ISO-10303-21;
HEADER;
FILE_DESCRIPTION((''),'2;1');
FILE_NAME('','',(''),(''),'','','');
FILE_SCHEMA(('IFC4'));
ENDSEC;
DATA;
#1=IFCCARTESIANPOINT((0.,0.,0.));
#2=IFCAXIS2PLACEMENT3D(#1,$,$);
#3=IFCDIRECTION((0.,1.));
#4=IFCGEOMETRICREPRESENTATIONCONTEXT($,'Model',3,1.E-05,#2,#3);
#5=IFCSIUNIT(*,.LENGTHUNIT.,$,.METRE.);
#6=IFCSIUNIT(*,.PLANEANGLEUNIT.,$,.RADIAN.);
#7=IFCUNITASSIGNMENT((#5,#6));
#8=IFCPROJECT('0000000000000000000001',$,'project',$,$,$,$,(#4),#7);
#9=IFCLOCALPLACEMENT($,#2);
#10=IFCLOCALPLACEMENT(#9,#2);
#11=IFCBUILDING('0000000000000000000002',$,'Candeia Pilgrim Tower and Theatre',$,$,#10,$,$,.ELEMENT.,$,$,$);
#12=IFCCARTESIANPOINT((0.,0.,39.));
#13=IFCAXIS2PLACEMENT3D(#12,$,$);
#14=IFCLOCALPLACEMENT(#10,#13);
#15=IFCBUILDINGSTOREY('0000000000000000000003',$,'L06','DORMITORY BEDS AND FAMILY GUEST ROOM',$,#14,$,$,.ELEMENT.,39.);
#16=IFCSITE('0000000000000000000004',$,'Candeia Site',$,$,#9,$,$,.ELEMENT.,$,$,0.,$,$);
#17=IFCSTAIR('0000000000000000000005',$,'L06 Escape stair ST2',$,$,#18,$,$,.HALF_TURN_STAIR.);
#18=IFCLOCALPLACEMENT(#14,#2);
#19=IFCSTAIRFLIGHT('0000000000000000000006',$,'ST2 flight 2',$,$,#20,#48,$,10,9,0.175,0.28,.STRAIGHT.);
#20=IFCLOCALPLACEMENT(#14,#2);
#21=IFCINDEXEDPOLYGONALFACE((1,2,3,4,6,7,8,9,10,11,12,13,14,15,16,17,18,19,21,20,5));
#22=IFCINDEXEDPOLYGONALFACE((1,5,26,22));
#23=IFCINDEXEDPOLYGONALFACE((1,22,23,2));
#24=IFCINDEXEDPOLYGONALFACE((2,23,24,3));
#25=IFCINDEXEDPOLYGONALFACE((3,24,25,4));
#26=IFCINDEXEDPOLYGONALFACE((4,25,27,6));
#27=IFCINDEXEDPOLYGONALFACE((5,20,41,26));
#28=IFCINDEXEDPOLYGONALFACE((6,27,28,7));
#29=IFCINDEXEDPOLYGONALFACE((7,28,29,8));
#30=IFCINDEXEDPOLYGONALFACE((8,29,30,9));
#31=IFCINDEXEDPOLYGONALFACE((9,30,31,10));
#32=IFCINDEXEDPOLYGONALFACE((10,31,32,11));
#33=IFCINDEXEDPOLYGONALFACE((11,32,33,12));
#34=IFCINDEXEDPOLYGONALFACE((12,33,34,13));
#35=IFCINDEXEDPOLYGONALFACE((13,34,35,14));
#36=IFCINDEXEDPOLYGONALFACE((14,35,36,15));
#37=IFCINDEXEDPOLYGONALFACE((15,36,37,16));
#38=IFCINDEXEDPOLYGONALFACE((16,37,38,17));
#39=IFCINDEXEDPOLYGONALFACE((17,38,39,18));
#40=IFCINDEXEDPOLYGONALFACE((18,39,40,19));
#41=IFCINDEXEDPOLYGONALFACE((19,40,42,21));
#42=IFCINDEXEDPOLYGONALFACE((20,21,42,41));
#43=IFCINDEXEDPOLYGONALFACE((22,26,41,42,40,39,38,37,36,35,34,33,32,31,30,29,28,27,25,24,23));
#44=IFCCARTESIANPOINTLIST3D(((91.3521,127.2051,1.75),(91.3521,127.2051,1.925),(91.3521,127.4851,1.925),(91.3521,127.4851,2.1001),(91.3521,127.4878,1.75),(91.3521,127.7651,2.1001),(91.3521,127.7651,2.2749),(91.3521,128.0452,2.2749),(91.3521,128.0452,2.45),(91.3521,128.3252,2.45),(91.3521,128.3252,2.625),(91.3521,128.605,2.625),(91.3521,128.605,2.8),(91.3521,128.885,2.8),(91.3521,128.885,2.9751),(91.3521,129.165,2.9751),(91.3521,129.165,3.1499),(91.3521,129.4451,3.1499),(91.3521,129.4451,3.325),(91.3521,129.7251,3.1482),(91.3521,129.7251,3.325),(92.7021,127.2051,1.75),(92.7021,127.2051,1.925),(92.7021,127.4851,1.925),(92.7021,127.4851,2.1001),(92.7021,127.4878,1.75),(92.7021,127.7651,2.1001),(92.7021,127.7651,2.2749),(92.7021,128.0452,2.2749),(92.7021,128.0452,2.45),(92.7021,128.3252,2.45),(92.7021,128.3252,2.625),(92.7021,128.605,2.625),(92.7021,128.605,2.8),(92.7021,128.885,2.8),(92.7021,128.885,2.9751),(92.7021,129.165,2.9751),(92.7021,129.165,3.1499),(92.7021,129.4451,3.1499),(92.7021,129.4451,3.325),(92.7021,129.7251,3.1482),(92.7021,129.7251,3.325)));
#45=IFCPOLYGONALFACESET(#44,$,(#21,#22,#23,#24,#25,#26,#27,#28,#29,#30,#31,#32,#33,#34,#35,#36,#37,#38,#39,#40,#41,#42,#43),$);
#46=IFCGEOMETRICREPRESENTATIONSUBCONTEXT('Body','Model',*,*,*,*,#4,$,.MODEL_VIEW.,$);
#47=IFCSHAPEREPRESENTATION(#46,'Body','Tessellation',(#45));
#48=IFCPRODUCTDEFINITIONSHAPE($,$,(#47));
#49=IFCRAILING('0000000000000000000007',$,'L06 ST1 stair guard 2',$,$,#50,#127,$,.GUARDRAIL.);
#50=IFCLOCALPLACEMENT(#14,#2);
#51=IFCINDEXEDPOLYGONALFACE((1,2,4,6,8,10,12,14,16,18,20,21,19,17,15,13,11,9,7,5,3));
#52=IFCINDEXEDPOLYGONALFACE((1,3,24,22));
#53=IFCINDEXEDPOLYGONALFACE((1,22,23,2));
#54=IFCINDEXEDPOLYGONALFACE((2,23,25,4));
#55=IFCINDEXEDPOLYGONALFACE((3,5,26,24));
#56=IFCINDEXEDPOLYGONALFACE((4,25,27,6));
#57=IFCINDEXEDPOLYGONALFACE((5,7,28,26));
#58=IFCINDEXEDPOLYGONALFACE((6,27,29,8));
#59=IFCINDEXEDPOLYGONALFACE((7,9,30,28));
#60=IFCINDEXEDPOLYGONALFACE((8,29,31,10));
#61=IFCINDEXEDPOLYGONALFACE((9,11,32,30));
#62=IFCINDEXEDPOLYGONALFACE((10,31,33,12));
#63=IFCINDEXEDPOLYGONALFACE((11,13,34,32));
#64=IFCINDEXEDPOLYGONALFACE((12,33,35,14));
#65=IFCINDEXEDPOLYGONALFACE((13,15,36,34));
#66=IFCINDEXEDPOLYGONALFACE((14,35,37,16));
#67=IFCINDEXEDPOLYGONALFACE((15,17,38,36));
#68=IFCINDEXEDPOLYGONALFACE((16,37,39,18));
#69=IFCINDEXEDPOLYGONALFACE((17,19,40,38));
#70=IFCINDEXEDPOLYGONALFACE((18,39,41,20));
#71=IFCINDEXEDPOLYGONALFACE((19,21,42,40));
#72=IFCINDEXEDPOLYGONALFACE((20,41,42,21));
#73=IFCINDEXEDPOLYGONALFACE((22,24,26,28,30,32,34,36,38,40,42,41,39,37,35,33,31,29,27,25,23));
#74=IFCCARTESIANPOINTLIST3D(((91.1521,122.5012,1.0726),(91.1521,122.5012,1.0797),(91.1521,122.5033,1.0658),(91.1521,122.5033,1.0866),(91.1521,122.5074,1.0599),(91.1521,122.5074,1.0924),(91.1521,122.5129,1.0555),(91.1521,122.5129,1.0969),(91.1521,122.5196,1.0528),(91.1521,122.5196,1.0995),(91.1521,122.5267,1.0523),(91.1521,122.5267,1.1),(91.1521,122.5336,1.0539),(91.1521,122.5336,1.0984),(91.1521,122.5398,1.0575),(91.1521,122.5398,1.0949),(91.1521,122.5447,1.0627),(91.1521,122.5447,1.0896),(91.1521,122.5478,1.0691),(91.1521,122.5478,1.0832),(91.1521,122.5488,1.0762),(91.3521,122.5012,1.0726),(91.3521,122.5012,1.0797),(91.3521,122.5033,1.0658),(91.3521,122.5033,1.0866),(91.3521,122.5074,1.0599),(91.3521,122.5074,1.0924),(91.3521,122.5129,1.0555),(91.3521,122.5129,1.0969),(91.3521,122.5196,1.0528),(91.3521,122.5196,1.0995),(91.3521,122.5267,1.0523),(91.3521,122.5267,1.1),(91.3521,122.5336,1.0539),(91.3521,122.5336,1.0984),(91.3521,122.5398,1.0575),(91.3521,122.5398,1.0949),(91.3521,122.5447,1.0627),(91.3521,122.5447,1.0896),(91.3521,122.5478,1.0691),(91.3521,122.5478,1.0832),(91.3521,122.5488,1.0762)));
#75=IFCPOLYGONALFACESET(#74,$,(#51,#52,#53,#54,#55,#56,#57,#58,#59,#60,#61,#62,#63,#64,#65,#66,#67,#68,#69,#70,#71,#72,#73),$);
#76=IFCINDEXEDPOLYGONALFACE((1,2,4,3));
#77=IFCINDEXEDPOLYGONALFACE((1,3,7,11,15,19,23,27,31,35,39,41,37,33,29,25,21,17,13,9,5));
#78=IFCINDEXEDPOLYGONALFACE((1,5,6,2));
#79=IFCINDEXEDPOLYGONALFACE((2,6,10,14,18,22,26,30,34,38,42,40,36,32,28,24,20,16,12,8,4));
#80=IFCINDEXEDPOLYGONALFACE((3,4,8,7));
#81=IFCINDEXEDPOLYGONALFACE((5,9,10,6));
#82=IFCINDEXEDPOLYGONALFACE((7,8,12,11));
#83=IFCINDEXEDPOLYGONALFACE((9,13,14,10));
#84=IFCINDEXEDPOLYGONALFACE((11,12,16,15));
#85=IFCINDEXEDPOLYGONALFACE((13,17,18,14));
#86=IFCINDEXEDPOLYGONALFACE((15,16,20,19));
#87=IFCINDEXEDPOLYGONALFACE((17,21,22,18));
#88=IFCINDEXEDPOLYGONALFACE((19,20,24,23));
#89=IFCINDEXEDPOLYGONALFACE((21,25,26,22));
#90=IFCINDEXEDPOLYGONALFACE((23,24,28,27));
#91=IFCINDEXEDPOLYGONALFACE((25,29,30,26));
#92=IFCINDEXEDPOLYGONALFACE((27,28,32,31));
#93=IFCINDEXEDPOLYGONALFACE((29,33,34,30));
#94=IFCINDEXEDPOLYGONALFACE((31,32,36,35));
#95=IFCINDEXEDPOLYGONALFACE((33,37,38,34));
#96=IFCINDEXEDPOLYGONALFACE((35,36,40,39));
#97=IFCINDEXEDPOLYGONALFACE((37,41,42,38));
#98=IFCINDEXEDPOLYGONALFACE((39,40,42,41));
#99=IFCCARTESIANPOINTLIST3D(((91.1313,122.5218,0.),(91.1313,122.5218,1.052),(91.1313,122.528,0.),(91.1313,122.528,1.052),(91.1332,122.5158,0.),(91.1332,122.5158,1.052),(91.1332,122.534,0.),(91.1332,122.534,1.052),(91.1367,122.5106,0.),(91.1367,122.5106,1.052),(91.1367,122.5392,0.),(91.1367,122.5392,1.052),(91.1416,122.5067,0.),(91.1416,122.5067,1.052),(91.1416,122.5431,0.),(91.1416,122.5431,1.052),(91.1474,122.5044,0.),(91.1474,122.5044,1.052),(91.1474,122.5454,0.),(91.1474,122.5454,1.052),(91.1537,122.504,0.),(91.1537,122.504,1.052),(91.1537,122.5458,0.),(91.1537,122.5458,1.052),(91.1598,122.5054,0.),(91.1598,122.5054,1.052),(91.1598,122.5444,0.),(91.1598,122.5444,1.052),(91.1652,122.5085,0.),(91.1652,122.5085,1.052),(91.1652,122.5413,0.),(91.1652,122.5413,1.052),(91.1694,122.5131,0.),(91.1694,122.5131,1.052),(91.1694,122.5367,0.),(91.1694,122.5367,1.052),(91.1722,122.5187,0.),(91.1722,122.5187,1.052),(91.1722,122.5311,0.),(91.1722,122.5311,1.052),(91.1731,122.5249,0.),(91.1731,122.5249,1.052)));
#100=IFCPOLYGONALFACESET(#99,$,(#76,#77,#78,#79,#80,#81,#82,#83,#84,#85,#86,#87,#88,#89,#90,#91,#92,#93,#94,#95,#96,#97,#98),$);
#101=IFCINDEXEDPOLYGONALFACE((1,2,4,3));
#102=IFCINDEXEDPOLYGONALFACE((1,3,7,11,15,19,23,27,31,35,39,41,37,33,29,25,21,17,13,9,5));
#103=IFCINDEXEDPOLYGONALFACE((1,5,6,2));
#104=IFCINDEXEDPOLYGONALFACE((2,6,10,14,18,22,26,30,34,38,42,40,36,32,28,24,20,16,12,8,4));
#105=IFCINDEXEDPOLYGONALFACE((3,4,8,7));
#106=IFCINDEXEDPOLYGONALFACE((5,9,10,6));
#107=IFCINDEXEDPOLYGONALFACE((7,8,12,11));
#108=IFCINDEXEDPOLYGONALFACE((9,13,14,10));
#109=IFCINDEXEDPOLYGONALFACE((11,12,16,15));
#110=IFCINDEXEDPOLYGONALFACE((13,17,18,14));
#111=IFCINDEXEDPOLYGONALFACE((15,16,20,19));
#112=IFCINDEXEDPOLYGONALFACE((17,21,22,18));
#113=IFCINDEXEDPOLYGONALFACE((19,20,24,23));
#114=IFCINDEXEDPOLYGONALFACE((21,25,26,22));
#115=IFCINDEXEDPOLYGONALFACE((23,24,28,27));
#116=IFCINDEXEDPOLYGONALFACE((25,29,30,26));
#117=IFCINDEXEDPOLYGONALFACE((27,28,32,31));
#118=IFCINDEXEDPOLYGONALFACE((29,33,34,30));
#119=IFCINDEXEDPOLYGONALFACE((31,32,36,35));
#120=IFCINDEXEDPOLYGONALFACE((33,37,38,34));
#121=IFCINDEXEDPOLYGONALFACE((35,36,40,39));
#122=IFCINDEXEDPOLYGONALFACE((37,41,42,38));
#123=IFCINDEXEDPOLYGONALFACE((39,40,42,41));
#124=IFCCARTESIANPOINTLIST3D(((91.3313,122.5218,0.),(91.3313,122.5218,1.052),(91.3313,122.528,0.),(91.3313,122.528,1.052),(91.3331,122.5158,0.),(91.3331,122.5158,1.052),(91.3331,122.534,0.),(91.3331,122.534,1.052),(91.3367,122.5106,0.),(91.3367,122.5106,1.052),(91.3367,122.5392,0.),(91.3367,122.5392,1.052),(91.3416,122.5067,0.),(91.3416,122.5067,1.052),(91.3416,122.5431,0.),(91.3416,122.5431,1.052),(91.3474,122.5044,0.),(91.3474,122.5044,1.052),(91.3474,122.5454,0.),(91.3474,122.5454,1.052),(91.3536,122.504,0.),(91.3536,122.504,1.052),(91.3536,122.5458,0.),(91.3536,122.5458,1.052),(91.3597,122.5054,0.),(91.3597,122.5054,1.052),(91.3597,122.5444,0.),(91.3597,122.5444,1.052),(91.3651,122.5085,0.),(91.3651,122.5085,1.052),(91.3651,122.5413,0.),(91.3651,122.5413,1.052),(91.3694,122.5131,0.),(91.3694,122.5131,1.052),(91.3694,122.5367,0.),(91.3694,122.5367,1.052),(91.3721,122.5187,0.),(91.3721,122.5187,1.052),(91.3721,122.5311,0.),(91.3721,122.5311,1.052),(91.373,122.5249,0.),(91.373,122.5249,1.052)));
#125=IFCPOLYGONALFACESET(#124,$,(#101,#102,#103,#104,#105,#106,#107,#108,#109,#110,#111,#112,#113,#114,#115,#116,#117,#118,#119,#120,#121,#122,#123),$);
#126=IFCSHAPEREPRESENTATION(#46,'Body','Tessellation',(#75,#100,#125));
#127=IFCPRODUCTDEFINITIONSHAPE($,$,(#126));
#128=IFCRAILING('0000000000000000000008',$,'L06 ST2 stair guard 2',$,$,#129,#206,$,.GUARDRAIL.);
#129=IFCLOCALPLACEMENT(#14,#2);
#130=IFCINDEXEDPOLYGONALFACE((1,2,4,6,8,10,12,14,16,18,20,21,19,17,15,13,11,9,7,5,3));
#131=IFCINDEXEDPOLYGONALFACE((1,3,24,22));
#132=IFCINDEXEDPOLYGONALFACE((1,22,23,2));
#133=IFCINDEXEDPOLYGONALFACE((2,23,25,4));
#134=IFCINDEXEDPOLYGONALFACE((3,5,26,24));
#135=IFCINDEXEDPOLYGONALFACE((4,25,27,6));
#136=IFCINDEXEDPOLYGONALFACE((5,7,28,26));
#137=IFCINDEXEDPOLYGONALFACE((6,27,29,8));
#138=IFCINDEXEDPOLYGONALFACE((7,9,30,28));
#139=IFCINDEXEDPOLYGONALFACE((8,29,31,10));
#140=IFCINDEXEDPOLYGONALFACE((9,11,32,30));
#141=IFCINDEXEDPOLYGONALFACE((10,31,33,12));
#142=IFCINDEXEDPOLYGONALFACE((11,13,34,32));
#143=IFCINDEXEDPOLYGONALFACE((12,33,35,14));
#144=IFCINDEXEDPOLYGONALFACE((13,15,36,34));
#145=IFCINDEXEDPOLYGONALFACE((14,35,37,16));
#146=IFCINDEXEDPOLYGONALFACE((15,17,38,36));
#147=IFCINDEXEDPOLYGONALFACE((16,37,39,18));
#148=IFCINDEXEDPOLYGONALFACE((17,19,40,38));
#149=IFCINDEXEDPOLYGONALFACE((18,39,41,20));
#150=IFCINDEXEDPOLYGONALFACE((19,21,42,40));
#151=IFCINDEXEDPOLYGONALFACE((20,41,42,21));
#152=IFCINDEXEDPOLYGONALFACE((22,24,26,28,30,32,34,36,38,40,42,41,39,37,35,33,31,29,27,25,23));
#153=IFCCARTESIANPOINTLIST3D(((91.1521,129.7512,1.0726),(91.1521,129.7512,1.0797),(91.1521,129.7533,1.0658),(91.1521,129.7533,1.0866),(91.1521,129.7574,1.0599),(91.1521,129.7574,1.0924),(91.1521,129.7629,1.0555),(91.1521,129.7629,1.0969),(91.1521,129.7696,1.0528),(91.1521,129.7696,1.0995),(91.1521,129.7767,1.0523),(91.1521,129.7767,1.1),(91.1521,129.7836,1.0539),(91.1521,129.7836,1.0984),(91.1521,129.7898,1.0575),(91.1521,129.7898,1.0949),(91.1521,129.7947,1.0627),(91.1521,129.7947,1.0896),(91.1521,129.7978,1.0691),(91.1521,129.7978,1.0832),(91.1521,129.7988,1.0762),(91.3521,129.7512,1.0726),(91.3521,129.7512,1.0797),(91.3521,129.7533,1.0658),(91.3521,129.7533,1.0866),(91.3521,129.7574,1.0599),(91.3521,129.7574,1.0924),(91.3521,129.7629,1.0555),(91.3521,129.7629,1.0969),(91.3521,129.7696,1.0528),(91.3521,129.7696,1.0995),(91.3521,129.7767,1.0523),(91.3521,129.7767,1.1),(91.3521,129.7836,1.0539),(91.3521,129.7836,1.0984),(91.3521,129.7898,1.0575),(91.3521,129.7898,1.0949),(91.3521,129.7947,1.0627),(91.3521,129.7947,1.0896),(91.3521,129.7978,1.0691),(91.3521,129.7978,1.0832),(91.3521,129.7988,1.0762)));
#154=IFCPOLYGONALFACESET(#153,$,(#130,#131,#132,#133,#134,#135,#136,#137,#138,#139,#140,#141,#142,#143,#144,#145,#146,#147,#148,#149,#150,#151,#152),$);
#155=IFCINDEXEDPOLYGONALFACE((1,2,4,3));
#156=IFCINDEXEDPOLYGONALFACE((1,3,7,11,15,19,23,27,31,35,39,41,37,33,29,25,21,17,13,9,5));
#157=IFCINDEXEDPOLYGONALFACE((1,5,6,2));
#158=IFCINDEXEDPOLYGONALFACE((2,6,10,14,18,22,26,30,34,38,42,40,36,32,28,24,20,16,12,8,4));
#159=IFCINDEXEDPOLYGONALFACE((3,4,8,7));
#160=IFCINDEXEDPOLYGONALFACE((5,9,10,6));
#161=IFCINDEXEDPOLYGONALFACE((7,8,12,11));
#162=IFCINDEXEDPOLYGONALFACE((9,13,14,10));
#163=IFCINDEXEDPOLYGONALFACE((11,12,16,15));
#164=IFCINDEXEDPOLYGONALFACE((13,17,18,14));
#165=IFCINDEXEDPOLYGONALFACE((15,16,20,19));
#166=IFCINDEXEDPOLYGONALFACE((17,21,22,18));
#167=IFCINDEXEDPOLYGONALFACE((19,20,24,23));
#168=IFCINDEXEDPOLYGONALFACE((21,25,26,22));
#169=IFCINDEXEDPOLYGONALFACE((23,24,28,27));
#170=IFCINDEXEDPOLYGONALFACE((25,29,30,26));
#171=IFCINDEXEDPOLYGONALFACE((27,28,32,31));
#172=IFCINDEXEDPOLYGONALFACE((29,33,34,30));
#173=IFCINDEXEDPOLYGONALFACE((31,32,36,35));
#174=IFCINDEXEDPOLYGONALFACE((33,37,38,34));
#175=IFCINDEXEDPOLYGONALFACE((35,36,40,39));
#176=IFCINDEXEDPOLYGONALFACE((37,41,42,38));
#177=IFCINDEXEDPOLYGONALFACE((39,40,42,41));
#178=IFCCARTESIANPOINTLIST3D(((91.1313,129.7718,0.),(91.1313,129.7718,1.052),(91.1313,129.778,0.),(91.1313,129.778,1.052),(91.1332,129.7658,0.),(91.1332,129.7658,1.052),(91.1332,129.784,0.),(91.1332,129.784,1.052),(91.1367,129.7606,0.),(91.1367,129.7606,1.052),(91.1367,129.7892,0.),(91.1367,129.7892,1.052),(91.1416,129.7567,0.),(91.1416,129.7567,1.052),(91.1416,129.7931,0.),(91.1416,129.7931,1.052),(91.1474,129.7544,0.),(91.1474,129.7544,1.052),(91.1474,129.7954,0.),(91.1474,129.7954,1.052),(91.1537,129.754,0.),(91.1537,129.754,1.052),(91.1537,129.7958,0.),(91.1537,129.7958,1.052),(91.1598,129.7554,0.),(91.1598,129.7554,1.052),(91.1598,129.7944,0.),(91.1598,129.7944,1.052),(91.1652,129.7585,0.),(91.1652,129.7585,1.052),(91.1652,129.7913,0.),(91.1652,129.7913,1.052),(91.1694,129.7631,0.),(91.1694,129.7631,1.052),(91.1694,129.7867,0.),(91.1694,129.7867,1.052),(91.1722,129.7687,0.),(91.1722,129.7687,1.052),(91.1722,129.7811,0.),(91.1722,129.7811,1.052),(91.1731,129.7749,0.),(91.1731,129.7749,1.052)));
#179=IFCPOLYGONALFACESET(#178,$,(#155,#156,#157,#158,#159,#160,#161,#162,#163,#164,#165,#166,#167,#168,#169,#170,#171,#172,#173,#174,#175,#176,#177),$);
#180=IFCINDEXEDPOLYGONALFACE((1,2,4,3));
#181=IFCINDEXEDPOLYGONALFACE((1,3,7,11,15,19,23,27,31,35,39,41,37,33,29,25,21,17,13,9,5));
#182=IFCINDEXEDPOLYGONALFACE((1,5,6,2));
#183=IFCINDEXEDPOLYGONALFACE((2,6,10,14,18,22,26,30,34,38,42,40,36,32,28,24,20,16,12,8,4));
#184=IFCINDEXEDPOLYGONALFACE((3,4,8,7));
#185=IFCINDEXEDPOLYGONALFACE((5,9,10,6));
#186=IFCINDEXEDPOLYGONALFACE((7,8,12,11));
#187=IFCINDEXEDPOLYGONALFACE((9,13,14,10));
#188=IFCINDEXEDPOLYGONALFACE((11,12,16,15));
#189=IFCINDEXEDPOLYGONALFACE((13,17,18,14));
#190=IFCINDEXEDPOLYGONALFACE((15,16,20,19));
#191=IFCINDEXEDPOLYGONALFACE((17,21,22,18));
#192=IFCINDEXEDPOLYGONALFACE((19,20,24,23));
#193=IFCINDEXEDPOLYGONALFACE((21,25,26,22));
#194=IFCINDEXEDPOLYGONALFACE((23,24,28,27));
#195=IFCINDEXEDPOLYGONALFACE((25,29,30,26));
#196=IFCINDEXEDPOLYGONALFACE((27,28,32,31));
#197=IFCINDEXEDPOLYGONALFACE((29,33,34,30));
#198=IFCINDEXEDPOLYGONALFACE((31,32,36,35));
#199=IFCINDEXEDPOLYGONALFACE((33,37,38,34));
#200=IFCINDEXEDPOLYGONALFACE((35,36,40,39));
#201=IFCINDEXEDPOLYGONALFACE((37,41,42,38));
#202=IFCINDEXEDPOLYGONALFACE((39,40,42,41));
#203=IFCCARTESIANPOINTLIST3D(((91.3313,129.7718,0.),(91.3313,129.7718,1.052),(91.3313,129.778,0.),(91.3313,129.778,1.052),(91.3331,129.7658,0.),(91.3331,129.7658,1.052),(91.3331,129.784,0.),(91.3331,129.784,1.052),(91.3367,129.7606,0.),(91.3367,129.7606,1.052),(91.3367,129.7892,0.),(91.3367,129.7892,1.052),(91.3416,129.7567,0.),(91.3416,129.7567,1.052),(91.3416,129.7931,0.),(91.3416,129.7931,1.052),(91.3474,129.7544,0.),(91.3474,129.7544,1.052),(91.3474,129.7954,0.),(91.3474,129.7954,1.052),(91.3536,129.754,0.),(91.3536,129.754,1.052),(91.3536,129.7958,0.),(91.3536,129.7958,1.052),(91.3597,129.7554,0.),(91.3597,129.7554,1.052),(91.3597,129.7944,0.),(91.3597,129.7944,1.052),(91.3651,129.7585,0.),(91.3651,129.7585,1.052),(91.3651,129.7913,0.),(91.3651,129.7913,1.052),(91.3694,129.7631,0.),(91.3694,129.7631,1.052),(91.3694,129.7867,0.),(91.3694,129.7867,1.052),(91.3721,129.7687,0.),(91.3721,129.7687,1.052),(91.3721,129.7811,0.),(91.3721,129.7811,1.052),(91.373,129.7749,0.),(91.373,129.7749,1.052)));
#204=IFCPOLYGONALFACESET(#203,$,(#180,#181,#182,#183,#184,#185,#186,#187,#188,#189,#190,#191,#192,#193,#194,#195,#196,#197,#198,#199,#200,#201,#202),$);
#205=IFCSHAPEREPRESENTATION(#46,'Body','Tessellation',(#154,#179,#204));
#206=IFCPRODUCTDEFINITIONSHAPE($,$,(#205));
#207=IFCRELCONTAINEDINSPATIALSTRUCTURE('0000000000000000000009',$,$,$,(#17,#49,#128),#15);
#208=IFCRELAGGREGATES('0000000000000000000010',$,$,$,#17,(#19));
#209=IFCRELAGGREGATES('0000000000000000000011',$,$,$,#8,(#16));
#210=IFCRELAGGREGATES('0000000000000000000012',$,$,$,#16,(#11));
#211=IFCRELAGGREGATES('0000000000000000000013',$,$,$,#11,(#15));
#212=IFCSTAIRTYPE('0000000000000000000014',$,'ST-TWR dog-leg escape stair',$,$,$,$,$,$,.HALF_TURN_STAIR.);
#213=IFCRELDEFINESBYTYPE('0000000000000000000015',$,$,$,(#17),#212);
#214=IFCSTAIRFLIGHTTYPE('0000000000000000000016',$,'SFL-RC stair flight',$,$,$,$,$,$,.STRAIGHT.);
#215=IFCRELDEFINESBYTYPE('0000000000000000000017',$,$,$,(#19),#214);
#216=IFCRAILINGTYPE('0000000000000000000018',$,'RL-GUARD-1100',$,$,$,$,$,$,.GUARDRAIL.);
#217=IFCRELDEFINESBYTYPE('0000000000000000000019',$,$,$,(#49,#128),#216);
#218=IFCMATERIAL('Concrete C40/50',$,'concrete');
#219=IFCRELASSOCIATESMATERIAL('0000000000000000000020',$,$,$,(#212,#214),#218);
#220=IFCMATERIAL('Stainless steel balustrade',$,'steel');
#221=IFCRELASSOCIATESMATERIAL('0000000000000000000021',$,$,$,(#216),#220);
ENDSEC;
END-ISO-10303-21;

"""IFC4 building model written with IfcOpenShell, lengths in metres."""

from ifc_helpers import new_model, si_unit, direction, frame, origin, origin_2d, place, context, subcontext, project, spatial, polyline, circle, outline, extrude, material, type_object, element, aggregate, save


model = new_model("IFC4")

# Units and contexts
model_context = context("Model", 3, precision=1e-05, world=origin(), true_north=direction((0.0, 1.0)))
body_context = subcontext(model_context, "Body", "Model", "MODEL_VIEW")
ifc_project = project(units=[si_unit("LENGTHUNIT", "METRE"), si_unit("PLANEANGLEUNIT", "RADIAN")], contexts=[model_context])

# Site, building, storey
site_placement = place(None, origin())
site = spatial("IfcSite", under=ifc_project, at=site_placement, Name="Candeia Site", CompositionType="ELEMENT", RefElevation=0.0)
building_placement = place(site_placement, origin())
building = spatial("IfcBuilding", under=site, at=building_placement, Name="Candeia Pilgrim Tower and Theatre", CompositionType="ELEMENT")
storey_placement = place(building_placement, frame((0.0, 0.0, 39.0)))
storey = spatial("IfcBuildingStorey", under=building, at=storey_placement, Name="L06", Description="DORMITORY BEDS AND FAMILY GUEST ROOM", CompositionType="ELEMENT", Elevation=39.0)

# Shared definitions
ifc_material_1 = material(Name="Concrete C40/50", Category="concrete")

# Stair, stair flight
stair_type = type_object("IfcStairType", Name="ST-TWR dog-leg escape stair", PredefinedType="HALF_TURN_STAIR", material=ifc_material_1)
stair_flight_type = type_object("IfcStairFlightType", Name="SFL-RC stair flight", PredefinedType="STRAIGHT", material=ifc_material_1)
stair_1_placement = place(storey_placement, origin())
stair_1 = element("IfcStair", 1, at=stair_1_placement, inside=storey, type_object=stair_type, Name="L06 Escape stair ST2", PredefinedType="HALF_TURN_STAIR")
stair_flight_1_placement = place(storey_placement, frame((92.0271, 127.2051, 1.75), z_axis=(0.0, 0.0, 1.0), x_axis=(0.0, 1.0, 0.0)))
stair_flight_1 = element("IfcStairFlight", 2, at=stair_flight_1_placement, type_object=stair_flight_type, Name="ST2 flight 2", NumberOfRisers=10, NumberOfTreads=9, PredefinedType="STRAIGHT", RiserHeight=0.175, TreadLength=0.28, context=body_context, shape_type="SweptSolid", body=[
    extrude(outline(polyline([(0.0, 0.0), (0.0, 0.175), (0.28, 0.175), (0.28, 0.3501), (0.5601, 0.3501), (0.5601, 0.5249), (0.8401, 0.5249), (0.8401, 0.7), (1.1201, 0.7), (1.1201, 0.875), (1.3999, 0.875), (1.3999, 1.05), (1.6799, 1.05), (1.6799, 1.2251), (1.96, 1.2251), (1.96, 1.3999), (2.24, 1.3999), (2.24, 1.575), (2.52, 1.575), (2.52, 1.75), (2.52, 1.3982), (0.2827, 0.0), (0.0, 0.0)])), frame((0.0, 0.675, 0.0), z_axis=(0.0, -1.0, 0.0), x_axis=(1.0, 0.0, 0.0)), (0.0, 0.0, 1.0), 1.3501),
])
aggregate(stair_1, [stair_flight_1])

# Railings
ifc_material_2 = material(Name="Stainless steel balustrade", Category="steel")
railing_type_1 = type_object("IfcRailingType", Name="RL-GUARD-1100", PredefinedType="GUARDRAIL", material=ifc_material_2)
railing_1_placement = place(storey_placement, frame((91.1521, 122.5249, 0.0)))
element("IfcRailing", 3, at=railing_1_placement, inside=storey, type_object=railing_type_1, Name="L06 ST1 stair guard 2", PredefinedType="GUARDRAIL", context=body_context, shape_type="SweptSolid", body=[
    extrude(circle(Radius=0.0239, at=origin_2d()), frame((0.0, 0.0, 1.0762), z_axis=(1.0, 0.0, 0.0), x_axis=(0.0, 1.0, 0.0)), (0.0, 0.0, 1.0), 0.2),
    extrude(circle(Radius=0.021, at=origin_2d()), origin(), (0.0, 0.0, 1.0), 1.052),
    extrude(circle(Radius=0.021, at=origin_2d()), frame((0.2, 0.0, 0.0)), (0.0, 0.0, 1.0), 1.052),
])
railing_2_placement = place(storey_placement, frame((91.1521, 129.7749, 0.0)))
element("IfcRailing", 4, at=railing_2_placement, inside=storey, type_object=railing_type_1, Name="L06 ST2 stair guard 2", PredefinedType="GUARDRAIL", context=body_context, shape_type="SweptSolid", body=[
    extrude(circle(Radius=0.0239, at=origin_2d()), frame((0.0, 0.0, 1.0762), z_axis=(1.0, 0.0, 0.0), x_axis=(0.0, 1.0, 0.0)), (0.0, 0.0, 1.0), 0.2),
    extrude(circle(Radius=0.021, at=origin_2d()), origin(), (0.0, 0.0, 1.0), 1.052),
    extrude(circle(Radius=0.021, at=origin_2d()), frame((0.2, 0.0, 0.0)), (0.0, 0.0, 1.0), 1.052),
])

save(model, "model.ifc")
